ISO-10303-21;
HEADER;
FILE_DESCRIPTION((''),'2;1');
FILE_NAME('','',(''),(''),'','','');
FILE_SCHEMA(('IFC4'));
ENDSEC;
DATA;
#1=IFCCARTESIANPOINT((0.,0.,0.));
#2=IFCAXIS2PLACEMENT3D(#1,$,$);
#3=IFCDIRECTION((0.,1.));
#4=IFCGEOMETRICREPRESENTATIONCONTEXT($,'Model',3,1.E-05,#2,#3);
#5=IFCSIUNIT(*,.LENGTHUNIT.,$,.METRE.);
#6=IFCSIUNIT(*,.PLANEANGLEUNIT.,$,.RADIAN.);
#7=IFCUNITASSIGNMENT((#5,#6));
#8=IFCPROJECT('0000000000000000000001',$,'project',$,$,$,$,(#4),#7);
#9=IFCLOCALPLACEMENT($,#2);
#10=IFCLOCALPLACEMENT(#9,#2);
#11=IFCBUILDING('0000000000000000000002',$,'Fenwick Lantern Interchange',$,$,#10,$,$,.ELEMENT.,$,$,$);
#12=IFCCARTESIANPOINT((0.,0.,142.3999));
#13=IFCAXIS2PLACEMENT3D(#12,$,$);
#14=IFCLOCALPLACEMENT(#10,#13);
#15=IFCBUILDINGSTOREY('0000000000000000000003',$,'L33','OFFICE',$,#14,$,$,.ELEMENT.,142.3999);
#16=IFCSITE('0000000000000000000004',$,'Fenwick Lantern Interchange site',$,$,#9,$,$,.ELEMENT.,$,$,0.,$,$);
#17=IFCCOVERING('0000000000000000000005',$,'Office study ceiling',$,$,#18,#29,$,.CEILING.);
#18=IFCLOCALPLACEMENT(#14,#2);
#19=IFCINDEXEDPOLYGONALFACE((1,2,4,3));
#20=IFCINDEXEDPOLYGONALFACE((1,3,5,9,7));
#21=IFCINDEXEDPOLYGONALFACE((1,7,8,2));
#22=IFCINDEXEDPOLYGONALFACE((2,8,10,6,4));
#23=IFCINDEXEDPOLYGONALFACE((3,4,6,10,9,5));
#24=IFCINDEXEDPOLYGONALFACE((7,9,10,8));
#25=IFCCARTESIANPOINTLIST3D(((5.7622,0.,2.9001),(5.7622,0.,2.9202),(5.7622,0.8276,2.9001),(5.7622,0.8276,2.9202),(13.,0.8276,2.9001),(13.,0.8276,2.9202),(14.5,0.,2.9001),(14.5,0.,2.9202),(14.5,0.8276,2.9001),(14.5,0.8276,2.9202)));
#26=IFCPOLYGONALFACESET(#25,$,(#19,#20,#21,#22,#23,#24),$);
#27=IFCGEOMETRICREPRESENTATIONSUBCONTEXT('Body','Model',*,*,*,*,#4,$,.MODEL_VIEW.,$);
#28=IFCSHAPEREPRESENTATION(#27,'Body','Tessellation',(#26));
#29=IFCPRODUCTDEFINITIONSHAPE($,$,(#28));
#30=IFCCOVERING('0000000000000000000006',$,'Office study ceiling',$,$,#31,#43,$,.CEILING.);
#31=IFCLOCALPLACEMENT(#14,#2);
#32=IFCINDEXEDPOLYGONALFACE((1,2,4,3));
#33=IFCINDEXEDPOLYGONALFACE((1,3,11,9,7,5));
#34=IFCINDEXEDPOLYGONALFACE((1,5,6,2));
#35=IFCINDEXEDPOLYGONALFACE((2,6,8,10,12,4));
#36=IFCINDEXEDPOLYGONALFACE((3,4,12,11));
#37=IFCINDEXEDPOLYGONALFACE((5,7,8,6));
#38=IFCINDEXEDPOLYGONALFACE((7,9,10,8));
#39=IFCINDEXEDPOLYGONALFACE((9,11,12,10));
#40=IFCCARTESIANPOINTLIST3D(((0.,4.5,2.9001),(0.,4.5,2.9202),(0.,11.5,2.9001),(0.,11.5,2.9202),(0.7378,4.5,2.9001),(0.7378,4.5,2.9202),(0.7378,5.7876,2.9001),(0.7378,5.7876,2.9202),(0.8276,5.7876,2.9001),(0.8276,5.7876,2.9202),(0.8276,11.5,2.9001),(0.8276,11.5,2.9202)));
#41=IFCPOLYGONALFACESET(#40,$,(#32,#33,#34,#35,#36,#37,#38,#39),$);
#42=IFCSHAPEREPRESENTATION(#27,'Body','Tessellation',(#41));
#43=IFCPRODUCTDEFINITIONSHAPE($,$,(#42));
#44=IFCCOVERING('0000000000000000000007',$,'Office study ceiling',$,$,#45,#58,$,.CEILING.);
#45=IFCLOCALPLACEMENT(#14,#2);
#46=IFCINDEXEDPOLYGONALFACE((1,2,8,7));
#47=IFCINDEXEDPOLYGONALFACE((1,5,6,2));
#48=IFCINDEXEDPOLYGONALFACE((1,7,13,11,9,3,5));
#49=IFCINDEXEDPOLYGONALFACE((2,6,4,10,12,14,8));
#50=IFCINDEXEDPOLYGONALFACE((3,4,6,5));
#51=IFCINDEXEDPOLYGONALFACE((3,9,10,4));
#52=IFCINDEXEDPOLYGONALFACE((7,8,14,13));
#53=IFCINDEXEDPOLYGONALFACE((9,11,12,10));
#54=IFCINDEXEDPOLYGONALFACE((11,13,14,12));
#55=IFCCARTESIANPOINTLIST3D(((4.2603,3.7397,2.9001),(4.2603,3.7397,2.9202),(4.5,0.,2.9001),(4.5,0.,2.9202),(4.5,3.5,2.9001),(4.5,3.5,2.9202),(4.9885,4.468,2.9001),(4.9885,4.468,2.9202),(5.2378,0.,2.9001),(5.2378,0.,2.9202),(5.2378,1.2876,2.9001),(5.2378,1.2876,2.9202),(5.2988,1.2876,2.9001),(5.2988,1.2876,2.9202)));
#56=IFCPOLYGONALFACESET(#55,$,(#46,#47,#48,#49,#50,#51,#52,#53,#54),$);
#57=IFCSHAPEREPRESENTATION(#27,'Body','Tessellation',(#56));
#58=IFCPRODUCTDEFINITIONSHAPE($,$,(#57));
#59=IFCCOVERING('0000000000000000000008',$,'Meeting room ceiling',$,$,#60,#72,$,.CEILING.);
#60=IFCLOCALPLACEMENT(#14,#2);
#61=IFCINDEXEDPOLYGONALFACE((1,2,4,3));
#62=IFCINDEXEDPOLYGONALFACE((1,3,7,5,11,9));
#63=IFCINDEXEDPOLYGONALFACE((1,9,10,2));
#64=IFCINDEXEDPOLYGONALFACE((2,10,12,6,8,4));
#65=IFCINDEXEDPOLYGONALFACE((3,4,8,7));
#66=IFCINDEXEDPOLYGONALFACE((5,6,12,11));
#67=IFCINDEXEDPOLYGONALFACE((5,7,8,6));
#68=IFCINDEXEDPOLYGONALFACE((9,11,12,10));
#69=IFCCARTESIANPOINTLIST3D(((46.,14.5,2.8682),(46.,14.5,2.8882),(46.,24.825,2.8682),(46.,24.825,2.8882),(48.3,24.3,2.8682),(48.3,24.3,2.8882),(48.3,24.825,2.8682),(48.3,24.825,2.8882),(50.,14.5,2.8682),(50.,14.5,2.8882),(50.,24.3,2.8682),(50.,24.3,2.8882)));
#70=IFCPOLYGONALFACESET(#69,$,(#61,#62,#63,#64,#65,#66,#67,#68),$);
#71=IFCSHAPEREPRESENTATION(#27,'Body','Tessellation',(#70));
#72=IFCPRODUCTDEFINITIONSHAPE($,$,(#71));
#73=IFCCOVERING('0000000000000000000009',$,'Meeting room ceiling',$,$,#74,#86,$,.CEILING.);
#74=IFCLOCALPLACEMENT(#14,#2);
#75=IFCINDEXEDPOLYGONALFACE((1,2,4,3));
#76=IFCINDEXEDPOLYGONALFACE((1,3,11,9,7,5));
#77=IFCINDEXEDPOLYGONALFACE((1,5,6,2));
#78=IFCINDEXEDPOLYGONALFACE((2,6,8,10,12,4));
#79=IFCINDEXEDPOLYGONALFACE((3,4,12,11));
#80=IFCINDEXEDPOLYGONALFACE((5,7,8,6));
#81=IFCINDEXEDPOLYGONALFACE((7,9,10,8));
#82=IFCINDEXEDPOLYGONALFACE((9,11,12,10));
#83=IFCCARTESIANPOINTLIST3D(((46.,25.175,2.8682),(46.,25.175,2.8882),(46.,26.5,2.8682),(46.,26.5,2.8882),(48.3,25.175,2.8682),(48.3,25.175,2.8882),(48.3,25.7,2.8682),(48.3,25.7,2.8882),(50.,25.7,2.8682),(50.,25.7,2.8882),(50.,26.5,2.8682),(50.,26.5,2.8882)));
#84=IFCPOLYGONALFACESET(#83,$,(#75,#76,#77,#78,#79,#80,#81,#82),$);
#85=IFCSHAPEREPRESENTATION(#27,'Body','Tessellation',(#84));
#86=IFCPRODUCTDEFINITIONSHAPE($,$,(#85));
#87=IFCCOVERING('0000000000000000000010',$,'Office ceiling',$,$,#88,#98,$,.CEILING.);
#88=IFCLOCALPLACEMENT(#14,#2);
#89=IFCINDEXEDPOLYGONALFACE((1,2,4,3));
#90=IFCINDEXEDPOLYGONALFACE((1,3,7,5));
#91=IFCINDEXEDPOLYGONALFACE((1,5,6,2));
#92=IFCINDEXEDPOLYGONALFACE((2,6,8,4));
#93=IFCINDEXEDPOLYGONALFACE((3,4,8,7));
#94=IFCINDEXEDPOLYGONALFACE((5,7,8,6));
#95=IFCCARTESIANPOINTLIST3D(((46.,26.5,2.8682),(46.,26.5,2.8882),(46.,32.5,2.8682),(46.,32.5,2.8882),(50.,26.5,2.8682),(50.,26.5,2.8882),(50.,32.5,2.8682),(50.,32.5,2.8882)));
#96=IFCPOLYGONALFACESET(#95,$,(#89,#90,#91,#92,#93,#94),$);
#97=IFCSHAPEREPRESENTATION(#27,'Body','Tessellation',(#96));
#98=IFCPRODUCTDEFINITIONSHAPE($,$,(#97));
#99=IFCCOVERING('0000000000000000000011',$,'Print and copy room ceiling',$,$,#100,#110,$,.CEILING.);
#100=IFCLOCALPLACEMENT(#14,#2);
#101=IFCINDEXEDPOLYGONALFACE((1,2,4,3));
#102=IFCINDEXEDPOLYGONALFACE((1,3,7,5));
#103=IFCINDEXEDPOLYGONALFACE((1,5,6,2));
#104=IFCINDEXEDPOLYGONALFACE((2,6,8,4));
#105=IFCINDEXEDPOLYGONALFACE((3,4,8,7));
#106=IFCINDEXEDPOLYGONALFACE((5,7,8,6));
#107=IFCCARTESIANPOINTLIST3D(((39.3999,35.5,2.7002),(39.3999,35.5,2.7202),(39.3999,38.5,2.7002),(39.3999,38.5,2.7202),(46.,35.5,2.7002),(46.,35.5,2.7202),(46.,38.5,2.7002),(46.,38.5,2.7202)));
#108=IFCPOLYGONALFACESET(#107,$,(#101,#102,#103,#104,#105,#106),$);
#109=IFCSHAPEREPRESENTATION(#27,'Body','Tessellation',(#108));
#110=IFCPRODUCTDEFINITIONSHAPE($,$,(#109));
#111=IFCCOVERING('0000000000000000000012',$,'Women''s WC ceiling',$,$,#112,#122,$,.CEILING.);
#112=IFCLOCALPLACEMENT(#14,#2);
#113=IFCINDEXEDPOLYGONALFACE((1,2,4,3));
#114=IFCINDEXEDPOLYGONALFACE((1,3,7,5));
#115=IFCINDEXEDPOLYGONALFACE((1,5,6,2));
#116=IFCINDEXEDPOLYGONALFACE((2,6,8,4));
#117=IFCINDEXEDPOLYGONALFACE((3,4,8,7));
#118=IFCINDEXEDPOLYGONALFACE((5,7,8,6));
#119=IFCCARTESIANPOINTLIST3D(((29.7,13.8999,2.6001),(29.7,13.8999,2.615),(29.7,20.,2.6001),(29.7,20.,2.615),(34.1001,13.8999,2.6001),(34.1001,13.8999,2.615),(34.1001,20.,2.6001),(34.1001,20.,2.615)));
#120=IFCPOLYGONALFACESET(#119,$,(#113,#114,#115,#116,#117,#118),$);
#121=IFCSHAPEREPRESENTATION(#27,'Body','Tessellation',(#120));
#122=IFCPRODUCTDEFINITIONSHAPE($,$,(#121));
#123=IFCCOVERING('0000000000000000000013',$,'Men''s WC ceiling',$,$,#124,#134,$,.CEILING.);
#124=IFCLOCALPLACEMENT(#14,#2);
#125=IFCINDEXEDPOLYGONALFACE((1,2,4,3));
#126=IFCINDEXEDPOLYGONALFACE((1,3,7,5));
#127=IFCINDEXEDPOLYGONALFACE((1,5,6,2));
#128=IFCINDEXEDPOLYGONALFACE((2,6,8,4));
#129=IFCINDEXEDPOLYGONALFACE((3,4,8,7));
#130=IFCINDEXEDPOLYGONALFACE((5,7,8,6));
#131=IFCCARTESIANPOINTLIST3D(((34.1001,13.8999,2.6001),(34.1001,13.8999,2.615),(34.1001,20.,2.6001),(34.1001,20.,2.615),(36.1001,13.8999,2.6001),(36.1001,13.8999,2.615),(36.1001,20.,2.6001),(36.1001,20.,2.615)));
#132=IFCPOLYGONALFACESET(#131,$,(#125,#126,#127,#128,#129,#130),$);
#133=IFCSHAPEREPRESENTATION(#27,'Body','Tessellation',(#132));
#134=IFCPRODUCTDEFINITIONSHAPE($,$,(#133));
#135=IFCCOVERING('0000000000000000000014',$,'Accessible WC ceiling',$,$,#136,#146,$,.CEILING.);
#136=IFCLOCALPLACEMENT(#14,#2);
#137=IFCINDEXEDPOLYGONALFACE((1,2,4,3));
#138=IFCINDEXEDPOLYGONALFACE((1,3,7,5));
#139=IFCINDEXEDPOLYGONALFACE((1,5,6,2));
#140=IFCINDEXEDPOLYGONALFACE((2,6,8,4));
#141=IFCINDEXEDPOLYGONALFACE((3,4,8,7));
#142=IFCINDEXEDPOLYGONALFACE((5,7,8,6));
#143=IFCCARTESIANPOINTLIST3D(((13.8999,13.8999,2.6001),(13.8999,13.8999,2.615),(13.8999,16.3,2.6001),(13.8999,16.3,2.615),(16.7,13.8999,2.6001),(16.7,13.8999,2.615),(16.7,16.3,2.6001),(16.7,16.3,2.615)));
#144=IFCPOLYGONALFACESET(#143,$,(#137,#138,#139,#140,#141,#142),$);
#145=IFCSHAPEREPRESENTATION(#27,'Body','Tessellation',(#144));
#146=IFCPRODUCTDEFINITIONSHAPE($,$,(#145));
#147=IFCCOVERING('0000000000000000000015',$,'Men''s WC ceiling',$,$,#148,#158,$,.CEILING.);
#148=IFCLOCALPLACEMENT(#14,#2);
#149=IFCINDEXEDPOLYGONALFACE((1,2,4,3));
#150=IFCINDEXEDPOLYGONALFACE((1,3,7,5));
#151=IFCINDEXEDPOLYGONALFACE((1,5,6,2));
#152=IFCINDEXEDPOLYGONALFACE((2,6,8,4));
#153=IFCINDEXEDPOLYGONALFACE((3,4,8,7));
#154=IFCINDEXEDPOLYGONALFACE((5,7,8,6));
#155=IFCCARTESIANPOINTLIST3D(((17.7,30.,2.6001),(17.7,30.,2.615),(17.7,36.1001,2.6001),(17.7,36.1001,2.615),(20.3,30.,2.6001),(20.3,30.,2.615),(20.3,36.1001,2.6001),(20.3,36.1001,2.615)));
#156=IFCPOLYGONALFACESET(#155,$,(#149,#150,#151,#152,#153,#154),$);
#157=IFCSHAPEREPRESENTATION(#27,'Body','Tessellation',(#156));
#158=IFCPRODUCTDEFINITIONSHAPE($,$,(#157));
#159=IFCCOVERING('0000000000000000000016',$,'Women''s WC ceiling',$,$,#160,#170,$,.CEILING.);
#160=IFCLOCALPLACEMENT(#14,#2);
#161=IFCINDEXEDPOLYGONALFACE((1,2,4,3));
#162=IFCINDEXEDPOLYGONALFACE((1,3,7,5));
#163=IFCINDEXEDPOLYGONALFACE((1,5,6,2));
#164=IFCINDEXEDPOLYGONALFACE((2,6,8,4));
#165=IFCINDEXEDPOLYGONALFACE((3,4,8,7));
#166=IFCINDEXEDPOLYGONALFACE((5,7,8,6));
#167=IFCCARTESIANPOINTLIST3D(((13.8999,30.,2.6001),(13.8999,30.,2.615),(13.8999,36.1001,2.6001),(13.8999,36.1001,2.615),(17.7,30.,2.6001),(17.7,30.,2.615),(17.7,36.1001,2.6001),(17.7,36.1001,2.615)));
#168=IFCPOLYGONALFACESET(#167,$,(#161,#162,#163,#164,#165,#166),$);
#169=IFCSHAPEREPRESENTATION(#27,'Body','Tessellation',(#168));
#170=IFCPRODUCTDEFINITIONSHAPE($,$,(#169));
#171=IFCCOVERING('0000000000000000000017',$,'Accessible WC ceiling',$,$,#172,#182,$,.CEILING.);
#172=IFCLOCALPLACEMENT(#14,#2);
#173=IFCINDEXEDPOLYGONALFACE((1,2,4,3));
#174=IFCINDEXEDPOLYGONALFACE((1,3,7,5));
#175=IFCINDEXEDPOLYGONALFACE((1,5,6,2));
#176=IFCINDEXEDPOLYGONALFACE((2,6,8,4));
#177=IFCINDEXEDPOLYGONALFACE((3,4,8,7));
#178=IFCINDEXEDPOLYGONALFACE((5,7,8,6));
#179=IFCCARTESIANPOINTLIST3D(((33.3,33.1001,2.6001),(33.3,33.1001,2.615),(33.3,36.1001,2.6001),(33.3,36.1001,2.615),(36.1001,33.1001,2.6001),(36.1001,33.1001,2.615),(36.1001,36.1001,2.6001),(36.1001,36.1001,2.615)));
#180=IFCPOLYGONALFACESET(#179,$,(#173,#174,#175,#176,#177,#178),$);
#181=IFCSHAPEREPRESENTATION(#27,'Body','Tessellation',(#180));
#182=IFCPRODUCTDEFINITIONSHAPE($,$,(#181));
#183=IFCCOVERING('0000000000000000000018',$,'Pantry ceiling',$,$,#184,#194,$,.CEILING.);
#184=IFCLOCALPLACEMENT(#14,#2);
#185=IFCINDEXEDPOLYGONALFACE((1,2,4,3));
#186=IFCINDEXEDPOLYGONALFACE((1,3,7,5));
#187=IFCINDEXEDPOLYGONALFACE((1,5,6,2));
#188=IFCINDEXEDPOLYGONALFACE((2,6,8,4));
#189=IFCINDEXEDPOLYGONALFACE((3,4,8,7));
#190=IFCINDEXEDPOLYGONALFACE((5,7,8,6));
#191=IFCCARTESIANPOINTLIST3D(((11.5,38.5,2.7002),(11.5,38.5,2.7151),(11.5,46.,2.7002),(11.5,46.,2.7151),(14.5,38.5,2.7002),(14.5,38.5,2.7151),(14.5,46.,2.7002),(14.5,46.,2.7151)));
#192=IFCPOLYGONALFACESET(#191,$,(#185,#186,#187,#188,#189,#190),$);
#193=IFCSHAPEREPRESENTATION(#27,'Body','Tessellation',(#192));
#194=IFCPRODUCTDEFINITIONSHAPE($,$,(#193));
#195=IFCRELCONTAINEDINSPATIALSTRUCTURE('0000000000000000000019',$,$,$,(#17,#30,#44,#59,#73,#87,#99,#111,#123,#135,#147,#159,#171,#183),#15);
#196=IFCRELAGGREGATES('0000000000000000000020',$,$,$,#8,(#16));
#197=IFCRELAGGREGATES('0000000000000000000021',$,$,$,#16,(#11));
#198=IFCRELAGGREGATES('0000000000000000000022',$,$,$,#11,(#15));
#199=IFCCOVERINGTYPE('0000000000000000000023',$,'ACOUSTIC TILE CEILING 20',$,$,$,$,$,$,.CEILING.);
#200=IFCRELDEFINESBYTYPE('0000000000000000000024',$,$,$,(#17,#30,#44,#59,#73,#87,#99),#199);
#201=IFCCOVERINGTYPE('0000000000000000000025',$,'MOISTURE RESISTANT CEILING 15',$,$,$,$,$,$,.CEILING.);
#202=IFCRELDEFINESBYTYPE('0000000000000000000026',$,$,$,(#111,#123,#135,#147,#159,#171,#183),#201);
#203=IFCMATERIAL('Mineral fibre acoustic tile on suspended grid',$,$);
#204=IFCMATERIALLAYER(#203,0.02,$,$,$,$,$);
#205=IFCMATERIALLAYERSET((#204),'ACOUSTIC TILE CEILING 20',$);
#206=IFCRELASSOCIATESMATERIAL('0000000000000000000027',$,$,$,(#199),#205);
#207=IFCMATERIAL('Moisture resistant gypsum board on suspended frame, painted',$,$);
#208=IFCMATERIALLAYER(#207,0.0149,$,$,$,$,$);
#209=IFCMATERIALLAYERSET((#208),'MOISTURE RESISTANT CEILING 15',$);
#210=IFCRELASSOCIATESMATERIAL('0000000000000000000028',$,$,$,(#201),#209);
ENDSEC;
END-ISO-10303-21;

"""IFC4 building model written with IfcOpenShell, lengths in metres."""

from ifc_helpers import new_model, si_unit, direction, frame, origin, place, context, subcontext, project, spatial, polyline, outline, extrude, material, layer, layer_set, type_object, element, save


model = new_model("IFC4")

# Units and contexts
model_context = context("Model", 3, precision=1e-05, world=origin(), true_north=direction((0.0, 1.0)))
body_context = subcontext(model_context, "Body", "Model", "MODEL_VIEW")
ifc_project = project(units=[si_unit("LENGTHUNIT", "METRE"), si_unit("PLANEANGLEUNIT", "RADIAN")], contexts=[model_context])

# Site, building, storey
site_placement = place(None, origin())
site = spatial("IfcSite", under=ifc_project, at=site_placement, Name="Fenwick Lantern Interchange site", CompositionType="ELEMENT", RefElevation=0.0)
building_placement = place(site_placement, origin())
building = spatial("IfcBuilding", under=site, at=building_placement, Name="Fenwick Lantern Interchange", CompositionType="ELEMENT")
storey_placement = place(building_placement, frame((0.0, 0.0, 142.3999)))
storey = spatial("IfcBuildingStorey", under=building, at=storey_placement, Name="L33", Description="OFFICE", CompositionType="ELEMENT", Elevation=142.3999)

# Coverings
ifc_material_1 = material(Name="Mineral fibre acoustic tile on suspended grid")
ifc_layer_1 = layer(ifc_material_1, 0.02)
ifc_layer_set_1 = layer_set([ifc_layer_1], Name="ACOUSTIC TILE CEILING 20")
covering_type_1 = type_object("IfcCoveringType", Name="ACOUSTIC TILE CEILING 20", PredefinedType="CEILING", material=ifc_layer_set_1)
covering_1_placement = place(storey_placement, frame((0.0, 0.0, 2.9001)))
element("IfcCovering", 1, at=covering_1_placement, inside=storey, type_object=covering_type_1, Name="Office study ceiling", PredefinedType="CEILING", context=body_context, shape_type="SweptSolid", body=[
    extrude(outline(polyline([(14.5, 0.0), (14.5, 0.8276), (13.0, 0.8276), (5.7622, 0.8276), (5.7622, 0.0), (14.5, 0.0)])), origin(), (0.0, 0.0, 1.0), 0.02),
])
covering_2_placement = place(storey_placement, frame((0.0, 0.0, 2.9001)))
element("IfcCovering", 2, at=covering_2_placement, inside=storey, type_object=covering_type_1, Name="Office study ceiling", PredefinedType="CEILING", context=body_context, shape_type="SweptSolid", body=[
    extrude(outline(polyline([(0.7378, 5.7876), (0.8276, 5.7876), (0.8276, 11.5), (0.0, 11.5), (0.0, 4.5), (0.7378, 4.5), (0.7378, 5.7876)])), origin(), (0.0, 0.0, 1.0), 0.02),
])
covering_3_placement = place(storey_placement, frame((0.0, 0.0, 2.9001)))
element("IfcCovering", 3, at=covering_3_placement, inside=storey, type_object=covering_type_1, Name="Office study ceiling", PredefinedType="CEILING", context=body_context, shape_type="SweptSolid", body=[
    extrude(outline(polyline([(5.2378, 1.2876), (5.2988, 1.2876), (4.9885, 4.468), (4.2603, 3.7397), (4.5, 3.5), (4.5, 0.0), (5.2378, 0.0), (5.2378, 1.2876)])), origin(), (0.0, 0.0, 1.0), 0.02),
])
covering_4_placement = place(storey_placement, frame((0.0, 0.0, 2.8682)))
element("IfcCovering", 4, at=covering_4_placement, inside=storey, type_object=covering_type_1, Name="Meeting room ceiling", PredefinedType="CEILING", context=body_context, shape_type="SweptSolid", body=[
    extrude(outline(polyline([(46.0, 24.825), (46.0, 14.5), (50.0, 14.5), (50.0, 24.3), (48.3, 24.3), (48.3, 24.825), (46.0, 24.825)])), origin(), (0.0, 0.0, 1.0), 0.02),
])
covering_5_placement = place(storey_placement, frame((0.0, 0.0, 2.8682)))
element("IfcCovering", 5, at=covering_5_placement, inside=storey, type_object=covering_type_1, Name="Meeting room ceiling", PredefinedType="CEILING", context=body_context, shape_type="SweptSolid", body=[
    extrude(outline(polyline([(46.0, 26.5), (46.0, 25.175), (48.3, 25.175), (48.3, 25.7), (50.0, 25.7), (50.0, 26.5), (46.0, 26.5)])), origin(), (0.0, 0.0, 1.0), 0.02),
])
covering_6_placement = place(storey_placement, frame((0.0, 0.0, 2.8682)))
element("IfcCovering", 6, at=covering_6_placement, inside=storey, type_object=covering_type_1, Name="Office ceiling", PredefinedType="CEILING", context=body_context, shape_type="SweptSolid", body=[
    extrude(outline(polyline([(50.0, 26.5), (50.0, 32.5), (46.0, 32.5), (46.0, 26.5), (50.0, 26.5)])), origin(), (0.0, 0.0, 1.0), 0.02),
])
covering_7_placement = place(storey_placement, frame((0.0, 0.0, 2.7002)))
element("IfcCovering", 7, at=covering_7_placement, inside=storey, type_object=covering_type_1, Name="Print and copy room ceiling", PredefinedType="CEILING", context=body_context, shape_type="SweptSolid", body=[
    extrude(outline(polyline([(46.0, 35.5), (46.0, 38.5), (39.3999, 38.5), (39.3999, 35.5), (46.0, 35.5)])), origin(), (0.0, 0.0, 1.0), 0.02),
])
ifc_material_2 = material(Name="Moisture resistant gypsum board on suspended frame, painted")
ifc_layer_2 = layer(ifc_material_2, 0.0149)
ifc_layer_set_2 = layer_set([ifc_layer_2], Name="MOISTURE RESISTANT CEILING 15")
covering_type_2 = type_object("IfcCoveringType", Name="MOISTURE RESISTANT CEILING 15", PredefinedType="CEILING", material=ifc_layer_set_2)
covering_8_placement = place(storey_placement, frame((0.0, 0.0, 2.6001)))
element("IfcCovering", 8, at=covering_8_placement, inside=storey, type_object=covering_type_2, Name="Women's WC ceiling", PredefinedType="CEILING", context=body_context, shape_type="SweptSolid", body=[
    extrude(outline(polyline([(29.7, 13.8999), (34.1001, 13.8999), (34.1001, 20.0), (29.7, 20.0), (29.7, 13.8999)])), origin(), (0.0, 0.0, 1.0), 0.0149),
])
covering_9_placement = place(storey_placement, frame((0.0, 0.0, 2.6001)))
element("IfcCovering", 9, at=covering_9_placement, inside=storey, type_object=covering_type_2, Name="Men's WC ceiling", PredefinedType="CEILING", context=body_context, shape_type="SweptSolid", body=[
    extrude(outline(polyline([(34.1001, 13.8999), (36.1001, 13.8999), (36.1001, 20.0), (34.1001, 20.0), (34.1001, 13.8999)])), origin(), (0.0, 0.0, 1.0), 0.0149),
])
covering_10_placement = place(storey_placement, frame((0.0, 0.0, 2.6001)))
element("IfcCovering", 10, at=covering_10_placement, inside=storey, type_object=covering_type_2, Name="Accessible WC ceiling", PredefinedType="CEILING", context=body_context, shape_type="SweptSolid", body=[
    extrude(outline(polyline([(13.8999, 13.8999), (16.7, 13.8999), (16.7, 16.3), (13.8999, 16.3), (13.8999, 13.8999)])), origin(), (0.0, 0.0, 1.0), 0.0149),
])
covering_11_placement = place(storey_placement, frame((0.0, 0.0, 2.6001)))
element("IfcCovering", 11, at=covering_11_placement, inside=storey, type_object=covering_type_2, Name="Men's WC ceiling", PredefinedType="CEILING", context=body_context, shape_type="SweptSolid", body=[
    extrude(outline(polyline([(20.3, 36.1001), (17.7, 36.1001), (17.7, 30.0), (20.3, 30.0), (20.3, 36.1001)])), origin(), (0.0, 0.0, 1.0), 0.0149),
])
covering_12_placement = place(storey_placement, frame((0.0, 0.0, 2.6001)))
element("IfcCovering", 12, at=covering_12_placement, inside=storey, type_object=covering_type_2, Name="Women's WC ceiling", PredefinedType="CEILING", context=body_context, shape_type="SweptSolid", body=[
    extrude(outline(polyline([(17.7, 36.1001), (13.8999, 36.1001), (13.8999, 30.0), (17.7, 30.0), (17.7, 36.1001)])), origin(), (0.0, 0.0, 1.0), 0.0149),
])
covering_13_placement = place(storey_placement, frame((0.0, 0.0, 2.6001)))
element("IfcCovering", 13, at=covering_13_placement, inside=storey, type_object=covering_type_2, Name="Accessible WC ceiling", PredefinedType="CEILING", context=body_context, shape_type="SweptSolid", body=[
    extrude(outline(polyline([(36.1001, 36.1001), (33.3, 36.1001), (33.3, 33.1001), (36.1001, 33.1001), (36.1001, 36.1001)])), origin(), (0.0, 0.0, 1.0), 0.0149),
])
covering_14_placement = place(storey_placement, frame((0.0, 0.0, 2.7002)))
element("IfcCovering", 14, at=covering_14_placement, inside=storey, type_object=covering_type_2, Name="Pantry ceiling", PredefinedType="CEILING", context=body_context, shape_type="SweptSolid", body=[
    extrude(outline(polyline([(14.5, 46.0), (11.5, 46.0), (11.5, 38.5), (14.5, 38.5), (14.5, 46.0)])), origin(), (0.0, 0.0, 1.0), 0.0149),
])

save(model, "model.ifc")
